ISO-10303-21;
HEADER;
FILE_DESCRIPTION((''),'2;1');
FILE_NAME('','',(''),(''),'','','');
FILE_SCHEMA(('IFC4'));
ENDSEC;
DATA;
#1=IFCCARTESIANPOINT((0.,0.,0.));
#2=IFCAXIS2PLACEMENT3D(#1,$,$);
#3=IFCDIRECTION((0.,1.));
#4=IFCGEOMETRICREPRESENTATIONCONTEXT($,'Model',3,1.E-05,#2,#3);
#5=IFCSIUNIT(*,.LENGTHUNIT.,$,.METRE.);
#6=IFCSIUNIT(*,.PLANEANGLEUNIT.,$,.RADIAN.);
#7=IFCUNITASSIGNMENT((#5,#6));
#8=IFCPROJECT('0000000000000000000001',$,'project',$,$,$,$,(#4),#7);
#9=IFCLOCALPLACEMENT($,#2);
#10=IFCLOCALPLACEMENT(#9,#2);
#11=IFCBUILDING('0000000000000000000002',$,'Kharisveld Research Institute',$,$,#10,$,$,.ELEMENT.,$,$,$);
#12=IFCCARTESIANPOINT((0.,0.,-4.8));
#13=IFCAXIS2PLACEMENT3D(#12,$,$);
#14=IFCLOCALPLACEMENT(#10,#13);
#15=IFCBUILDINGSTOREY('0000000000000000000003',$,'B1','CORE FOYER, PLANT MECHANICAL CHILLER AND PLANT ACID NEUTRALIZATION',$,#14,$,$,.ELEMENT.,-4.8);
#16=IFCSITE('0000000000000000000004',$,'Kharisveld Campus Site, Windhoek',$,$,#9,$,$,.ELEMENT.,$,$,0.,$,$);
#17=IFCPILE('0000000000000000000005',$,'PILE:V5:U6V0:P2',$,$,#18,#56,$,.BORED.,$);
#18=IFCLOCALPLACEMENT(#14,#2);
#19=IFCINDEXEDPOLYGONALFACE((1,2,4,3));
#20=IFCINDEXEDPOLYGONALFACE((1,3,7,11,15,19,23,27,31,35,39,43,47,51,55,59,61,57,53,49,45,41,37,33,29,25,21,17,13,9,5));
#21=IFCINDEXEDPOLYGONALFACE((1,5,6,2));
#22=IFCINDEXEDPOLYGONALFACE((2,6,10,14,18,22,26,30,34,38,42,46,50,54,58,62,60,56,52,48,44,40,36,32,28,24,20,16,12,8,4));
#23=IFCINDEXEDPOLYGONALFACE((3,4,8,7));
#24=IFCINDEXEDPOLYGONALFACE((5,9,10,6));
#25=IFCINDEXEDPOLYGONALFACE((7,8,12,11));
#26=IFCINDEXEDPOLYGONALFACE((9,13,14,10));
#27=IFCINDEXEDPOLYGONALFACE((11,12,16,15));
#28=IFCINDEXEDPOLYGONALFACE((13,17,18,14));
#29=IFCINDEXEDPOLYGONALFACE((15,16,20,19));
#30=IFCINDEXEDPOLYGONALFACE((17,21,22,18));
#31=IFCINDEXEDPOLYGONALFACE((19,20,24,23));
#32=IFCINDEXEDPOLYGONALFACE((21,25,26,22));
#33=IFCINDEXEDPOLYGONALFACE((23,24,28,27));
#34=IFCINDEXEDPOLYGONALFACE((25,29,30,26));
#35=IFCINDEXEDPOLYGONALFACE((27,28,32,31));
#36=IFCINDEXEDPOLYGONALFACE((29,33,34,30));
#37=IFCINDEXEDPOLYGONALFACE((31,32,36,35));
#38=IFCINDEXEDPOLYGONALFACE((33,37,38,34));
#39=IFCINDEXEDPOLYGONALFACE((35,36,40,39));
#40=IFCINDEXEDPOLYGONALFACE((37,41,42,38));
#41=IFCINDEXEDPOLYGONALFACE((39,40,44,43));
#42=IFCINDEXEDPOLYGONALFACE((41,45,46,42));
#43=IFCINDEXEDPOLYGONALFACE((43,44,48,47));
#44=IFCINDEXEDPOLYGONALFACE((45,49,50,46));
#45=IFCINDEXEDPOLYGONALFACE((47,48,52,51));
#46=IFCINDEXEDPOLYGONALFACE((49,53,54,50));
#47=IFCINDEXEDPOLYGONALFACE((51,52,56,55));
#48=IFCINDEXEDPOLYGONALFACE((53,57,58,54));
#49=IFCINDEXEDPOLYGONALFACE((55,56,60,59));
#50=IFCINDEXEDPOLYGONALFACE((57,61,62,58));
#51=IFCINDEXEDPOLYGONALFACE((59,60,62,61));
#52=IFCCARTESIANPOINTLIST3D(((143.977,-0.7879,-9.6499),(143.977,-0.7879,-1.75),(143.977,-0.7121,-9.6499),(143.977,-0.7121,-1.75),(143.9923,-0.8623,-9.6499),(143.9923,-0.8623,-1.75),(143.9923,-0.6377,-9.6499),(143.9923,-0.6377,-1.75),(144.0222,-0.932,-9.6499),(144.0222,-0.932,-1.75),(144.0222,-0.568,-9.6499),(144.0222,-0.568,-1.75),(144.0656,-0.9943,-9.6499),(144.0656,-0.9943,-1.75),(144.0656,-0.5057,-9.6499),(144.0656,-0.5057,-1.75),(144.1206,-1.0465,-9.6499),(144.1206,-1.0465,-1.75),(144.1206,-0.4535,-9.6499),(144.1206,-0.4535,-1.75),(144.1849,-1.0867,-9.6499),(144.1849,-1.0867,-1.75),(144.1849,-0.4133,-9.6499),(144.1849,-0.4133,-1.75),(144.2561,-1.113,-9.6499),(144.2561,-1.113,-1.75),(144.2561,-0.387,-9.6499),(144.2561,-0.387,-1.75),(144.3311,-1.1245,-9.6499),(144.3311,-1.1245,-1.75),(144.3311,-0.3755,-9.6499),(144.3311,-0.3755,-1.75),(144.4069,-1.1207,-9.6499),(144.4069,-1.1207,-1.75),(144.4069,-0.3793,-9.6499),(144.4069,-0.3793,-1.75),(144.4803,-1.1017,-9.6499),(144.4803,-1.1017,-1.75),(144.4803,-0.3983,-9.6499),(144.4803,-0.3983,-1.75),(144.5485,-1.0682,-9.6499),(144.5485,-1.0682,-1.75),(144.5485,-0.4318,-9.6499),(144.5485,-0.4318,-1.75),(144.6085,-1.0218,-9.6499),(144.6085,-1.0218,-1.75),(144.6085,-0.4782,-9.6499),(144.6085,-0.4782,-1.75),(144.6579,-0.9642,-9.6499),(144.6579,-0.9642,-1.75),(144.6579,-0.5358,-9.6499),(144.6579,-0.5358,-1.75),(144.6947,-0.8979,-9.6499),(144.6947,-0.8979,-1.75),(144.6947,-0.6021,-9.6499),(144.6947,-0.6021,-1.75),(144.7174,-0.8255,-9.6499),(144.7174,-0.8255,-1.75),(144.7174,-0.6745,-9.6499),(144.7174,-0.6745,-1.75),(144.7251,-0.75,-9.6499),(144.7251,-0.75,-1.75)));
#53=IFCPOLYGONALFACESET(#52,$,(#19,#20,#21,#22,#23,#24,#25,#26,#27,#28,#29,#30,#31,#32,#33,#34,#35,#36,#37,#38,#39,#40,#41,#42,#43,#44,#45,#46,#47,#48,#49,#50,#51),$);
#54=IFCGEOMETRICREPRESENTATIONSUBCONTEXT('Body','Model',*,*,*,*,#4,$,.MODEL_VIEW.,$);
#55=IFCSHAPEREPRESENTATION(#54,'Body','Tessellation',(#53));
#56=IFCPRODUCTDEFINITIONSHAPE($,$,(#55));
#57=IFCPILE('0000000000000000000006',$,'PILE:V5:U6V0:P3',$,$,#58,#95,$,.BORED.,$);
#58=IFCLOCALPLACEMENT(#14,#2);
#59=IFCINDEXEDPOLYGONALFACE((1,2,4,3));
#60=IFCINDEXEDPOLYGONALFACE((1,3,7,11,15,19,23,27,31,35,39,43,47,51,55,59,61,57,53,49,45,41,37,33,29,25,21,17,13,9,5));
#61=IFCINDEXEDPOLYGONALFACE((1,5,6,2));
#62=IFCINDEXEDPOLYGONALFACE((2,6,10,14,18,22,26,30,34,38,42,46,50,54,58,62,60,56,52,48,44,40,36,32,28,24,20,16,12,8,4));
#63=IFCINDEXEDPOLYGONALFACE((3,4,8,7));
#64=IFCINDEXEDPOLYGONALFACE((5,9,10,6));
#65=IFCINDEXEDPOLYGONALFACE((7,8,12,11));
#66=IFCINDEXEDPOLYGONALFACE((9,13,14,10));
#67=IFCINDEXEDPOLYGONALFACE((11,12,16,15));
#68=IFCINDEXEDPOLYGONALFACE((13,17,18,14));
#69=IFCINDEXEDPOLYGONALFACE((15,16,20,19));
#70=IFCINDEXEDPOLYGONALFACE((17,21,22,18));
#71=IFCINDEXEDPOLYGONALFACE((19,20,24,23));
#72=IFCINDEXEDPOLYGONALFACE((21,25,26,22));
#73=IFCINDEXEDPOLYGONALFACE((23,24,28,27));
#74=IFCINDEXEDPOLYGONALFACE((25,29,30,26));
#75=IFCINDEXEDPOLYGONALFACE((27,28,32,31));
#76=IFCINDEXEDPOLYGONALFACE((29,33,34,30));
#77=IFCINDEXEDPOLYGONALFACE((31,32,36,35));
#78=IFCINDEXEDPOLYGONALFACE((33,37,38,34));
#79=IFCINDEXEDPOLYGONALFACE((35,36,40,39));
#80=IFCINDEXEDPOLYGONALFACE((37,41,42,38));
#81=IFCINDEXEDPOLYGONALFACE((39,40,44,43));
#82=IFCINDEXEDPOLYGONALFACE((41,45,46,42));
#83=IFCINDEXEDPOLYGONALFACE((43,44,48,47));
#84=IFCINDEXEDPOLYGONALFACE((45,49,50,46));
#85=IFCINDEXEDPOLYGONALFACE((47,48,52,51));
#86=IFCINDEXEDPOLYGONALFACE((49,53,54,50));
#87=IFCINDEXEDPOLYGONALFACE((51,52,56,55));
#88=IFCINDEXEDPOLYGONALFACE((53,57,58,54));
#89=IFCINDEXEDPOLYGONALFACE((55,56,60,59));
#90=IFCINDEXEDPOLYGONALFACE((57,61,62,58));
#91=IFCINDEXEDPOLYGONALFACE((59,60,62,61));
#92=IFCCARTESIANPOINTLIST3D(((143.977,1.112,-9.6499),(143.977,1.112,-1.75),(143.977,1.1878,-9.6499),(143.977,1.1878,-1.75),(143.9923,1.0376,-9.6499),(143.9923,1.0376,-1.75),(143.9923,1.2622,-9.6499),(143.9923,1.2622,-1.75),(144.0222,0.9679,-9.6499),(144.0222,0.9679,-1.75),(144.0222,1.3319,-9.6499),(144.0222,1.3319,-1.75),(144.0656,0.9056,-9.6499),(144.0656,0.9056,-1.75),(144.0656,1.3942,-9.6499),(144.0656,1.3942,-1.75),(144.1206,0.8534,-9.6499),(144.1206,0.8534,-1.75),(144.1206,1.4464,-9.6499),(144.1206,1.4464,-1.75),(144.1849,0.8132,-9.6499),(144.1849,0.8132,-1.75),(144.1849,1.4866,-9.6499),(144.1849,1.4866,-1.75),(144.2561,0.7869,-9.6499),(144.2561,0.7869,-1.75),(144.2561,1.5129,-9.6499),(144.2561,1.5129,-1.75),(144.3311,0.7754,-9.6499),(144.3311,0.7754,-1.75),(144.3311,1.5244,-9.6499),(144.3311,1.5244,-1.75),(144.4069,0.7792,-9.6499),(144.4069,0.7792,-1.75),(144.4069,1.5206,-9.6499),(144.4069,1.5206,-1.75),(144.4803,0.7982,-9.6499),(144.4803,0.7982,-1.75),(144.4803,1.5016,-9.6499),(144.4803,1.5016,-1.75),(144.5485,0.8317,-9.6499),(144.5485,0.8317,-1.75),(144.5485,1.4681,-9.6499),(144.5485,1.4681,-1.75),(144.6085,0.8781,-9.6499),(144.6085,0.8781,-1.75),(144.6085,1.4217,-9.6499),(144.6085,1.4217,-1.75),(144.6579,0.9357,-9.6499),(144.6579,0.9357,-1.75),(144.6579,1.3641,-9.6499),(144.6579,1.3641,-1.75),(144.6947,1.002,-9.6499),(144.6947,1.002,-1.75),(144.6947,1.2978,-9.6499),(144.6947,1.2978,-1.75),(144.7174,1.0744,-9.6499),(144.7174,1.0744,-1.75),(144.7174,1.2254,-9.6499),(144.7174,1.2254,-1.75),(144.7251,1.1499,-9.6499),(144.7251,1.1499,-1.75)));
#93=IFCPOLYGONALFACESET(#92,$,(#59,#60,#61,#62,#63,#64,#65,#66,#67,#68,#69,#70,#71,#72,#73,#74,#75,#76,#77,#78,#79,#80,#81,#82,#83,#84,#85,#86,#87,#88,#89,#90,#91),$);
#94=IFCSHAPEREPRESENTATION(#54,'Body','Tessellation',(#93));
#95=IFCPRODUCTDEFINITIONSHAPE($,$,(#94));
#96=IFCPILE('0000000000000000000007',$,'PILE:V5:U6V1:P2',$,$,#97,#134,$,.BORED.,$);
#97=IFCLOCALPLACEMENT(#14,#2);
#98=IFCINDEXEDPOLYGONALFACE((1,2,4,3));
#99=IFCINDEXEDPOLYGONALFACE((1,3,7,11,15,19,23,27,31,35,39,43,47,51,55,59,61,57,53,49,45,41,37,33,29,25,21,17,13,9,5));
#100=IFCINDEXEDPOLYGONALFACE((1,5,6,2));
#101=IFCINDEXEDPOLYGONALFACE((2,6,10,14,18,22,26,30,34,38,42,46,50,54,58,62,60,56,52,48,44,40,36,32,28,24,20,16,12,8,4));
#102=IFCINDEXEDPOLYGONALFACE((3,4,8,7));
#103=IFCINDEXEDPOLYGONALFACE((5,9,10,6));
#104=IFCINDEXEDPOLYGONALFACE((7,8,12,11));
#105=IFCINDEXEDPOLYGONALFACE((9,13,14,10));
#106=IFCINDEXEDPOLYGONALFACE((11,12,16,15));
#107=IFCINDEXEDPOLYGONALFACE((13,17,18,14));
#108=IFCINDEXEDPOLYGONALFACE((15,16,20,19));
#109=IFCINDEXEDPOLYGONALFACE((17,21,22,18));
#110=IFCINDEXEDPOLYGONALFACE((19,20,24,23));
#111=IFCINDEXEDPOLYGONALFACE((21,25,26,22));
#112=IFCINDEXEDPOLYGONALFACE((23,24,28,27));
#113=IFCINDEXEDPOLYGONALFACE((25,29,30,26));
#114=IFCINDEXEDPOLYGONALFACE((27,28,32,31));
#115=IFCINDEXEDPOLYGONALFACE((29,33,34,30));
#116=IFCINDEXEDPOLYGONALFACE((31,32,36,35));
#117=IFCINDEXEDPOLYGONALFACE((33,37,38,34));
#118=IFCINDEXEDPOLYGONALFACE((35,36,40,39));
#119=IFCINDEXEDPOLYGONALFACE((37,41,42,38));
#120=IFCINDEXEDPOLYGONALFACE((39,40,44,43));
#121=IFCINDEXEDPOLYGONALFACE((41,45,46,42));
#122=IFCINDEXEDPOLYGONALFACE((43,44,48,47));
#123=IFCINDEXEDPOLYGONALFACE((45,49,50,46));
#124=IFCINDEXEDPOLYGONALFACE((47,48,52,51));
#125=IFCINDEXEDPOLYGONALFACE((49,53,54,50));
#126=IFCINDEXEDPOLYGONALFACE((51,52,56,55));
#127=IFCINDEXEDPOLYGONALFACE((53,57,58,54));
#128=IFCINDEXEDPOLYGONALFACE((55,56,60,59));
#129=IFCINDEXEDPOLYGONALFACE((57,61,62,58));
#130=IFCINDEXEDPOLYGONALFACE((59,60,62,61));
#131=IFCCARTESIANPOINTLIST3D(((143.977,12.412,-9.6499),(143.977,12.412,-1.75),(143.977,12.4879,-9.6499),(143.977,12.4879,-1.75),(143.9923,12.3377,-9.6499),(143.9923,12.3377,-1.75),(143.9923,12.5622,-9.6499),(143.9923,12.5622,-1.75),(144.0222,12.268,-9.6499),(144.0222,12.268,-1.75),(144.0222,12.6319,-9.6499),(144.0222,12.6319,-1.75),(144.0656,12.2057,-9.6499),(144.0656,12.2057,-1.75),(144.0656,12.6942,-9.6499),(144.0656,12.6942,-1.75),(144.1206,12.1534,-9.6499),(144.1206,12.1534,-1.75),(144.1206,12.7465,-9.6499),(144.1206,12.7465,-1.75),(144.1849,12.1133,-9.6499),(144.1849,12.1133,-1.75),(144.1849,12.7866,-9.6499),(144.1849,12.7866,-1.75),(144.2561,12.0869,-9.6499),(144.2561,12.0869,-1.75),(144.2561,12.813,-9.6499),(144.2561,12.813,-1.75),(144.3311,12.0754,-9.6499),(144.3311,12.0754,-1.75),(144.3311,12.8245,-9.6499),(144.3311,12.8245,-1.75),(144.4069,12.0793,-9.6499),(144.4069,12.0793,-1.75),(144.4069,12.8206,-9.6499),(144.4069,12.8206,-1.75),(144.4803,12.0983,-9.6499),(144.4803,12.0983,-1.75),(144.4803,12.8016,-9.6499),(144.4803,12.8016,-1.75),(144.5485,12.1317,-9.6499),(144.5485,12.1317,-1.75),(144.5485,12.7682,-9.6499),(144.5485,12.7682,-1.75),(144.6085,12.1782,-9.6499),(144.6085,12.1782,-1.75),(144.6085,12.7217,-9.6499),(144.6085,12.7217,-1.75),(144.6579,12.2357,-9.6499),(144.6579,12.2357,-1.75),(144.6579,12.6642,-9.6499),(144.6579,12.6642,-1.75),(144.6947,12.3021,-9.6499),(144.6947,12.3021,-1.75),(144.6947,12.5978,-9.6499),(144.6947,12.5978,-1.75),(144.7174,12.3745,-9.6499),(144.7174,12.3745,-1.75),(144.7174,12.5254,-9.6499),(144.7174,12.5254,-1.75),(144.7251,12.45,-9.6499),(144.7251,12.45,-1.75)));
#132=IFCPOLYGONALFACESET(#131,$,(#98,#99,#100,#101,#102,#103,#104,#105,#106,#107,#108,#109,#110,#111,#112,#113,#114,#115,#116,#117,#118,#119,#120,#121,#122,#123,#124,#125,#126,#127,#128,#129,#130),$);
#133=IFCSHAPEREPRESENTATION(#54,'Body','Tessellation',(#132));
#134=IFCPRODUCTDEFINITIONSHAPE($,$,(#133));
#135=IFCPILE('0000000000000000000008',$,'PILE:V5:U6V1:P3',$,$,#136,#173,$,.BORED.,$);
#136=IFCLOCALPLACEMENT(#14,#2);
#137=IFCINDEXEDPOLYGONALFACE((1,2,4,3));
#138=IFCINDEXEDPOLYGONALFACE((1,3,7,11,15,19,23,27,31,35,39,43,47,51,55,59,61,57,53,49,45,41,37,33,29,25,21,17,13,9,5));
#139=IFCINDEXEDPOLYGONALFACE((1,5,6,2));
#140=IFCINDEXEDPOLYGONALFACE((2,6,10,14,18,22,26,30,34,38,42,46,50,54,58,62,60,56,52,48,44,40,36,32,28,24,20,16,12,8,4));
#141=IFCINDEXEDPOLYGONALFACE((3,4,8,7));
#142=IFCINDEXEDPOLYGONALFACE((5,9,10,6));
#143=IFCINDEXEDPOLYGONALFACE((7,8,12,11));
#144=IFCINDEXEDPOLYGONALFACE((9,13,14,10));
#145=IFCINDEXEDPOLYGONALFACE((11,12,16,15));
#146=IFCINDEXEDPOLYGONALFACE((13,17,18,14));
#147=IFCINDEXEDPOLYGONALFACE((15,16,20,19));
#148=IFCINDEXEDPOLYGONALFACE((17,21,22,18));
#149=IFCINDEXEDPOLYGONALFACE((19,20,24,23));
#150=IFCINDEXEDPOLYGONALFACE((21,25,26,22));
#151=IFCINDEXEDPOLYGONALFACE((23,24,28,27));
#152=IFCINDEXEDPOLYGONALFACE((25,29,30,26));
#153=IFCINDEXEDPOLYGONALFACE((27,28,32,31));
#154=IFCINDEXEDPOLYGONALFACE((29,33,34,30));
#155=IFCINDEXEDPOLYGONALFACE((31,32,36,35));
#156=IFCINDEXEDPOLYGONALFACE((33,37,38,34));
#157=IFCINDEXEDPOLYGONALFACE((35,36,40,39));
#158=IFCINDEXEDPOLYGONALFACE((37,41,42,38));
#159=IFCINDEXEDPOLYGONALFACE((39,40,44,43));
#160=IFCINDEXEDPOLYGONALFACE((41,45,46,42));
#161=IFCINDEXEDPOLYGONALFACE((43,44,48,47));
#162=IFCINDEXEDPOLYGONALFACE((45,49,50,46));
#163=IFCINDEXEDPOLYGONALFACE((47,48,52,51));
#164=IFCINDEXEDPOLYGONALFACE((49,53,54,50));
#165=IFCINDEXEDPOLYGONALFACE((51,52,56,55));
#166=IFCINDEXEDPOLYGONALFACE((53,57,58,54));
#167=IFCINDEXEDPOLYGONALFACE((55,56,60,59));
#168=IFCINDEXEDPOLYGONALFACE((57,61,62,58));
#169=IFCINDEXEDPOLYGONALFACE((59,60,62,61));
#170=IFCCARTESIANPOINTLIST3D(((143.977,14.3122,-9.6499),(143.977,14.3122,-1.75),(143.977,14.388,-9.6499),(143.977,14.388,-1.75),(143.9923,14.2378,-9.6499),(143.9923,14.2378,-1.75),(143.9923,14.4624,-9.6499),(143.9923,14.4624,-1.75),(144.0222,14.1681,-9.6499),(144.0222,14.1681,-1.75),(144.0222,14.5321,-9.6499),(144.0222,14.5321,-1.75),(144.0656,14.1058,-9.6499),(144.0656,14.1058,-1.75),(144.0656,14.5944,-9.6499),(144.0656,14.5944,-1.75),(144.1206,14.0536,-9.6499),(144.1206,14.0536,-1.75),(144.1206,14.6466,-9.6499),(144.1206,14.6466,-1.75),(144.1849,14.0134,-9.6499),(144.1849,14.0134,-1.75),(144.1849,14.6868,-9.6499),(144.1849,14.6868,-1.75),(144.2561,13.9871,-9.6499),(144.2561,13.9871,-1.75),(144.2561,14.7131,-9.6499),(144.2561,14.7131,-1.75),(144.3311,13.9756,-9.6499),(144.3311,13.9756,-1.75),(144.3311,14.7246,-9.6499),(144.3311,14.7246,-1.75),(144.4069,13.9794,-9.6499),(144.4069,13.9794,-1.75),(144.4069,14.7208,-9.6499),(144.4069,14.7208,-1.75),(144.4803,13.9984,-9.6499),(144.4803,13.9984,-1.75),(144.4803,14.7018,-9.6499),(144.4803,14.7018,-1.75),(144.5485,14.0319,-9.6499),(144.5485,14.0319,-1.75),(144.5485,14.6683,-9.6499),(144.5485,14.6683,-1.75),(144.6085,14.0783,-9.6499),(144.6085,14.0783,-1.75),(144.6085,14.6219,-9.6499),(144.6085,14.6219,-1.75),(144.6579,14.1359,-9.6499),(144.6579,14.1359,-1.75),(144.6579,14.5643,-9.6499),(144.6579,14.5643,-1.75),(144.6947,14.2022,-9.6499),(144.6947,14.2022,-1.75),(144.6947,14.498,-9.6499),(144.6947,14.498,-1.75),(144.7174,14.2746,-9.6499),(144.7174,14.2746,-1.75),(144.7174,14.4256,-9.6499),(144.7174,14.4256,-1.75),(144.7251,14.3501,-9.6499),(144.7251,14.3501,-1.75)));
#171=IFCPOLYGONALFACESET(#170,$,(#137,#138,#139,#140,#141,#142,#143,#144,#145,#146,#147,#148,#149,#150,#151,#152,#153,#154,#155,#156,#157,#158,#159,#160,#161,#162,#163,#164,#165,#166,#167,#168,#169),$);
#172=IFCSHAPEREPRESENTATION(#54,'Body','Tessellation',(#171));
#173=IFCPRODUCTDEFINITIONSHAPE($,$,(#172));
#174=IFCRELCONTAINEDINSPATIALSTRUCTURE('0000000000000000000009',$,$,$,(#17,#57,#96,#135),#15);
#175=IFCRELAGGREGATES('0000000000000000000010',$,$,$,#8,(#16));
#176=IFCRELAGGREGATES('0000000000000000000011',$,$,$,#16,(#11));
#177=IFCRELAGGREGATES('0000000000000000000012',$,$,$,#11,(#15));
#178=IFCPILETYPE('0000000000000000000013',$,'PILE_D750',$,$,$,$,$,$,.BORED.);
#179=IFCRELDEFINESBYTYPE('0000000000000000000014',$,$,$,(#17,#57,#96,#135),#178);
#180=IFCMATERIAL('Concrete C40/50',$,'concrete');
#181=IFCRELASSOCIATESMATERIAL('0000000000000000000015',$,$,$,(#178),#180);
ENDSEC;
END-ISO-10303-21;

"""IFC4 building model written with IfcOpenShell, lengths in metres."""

from ifc_helpers import new_model, si_unit, direction, frame, origin, origin_2d, place, context, subcontext, project, spatial, circle, extrude, material, material_profile, profile_set, type_object, element, save


model = new_model("IFC4")

# Units and contexts
model_context = context("Model", 3, precision=1e-05, world=origin(), true_north=direction((0.0, 1.0)))
body_context = subcontext(model_context, "Body", "Model", "MODEL_VIEW")
ifc_project = project(units=[si_unit("LENGTHUNIT", "METRE"), si_unit("PLANEANGLEUNIT", "RADIAN")], contexts=[model_context])

# Site, building, storey
site_placement = place(None, origin())
site = spatial("IfcSite", under=ifc_project, at=site_placement, Name="Kharisveld Campus Site, Windhoek", CompositionType="ELEMENT", RefElevation=0.0)
building_placement = place(site_placement, origin())
building = spatial("IfcBuilding", under=site, at=building_placement, Name="Kharisveld Research Institute", CompositionType="ELEMENT")
storey_placement = place(building_placement, frame((0.0, 0.0, -4.8)))
storey = spatial("IfcBuildingStorey", under=building, at=storey_placement, Name="B1", Description="CORE FOYER, PLANT MECHANICAL CHILLER AND PLANT ACID NEUTRALIZATION", CompositionType="ELEMENT", Elevation=-4.8)

# Piles
ifc_material_1 = material(Name="Concrete C40/50", Category="concrete")
ifc_material_profile_1 = material_profile(ifc_material_1, circle(Radius=0.375, at=origin_2d()))
ifc_profile_set_1 = profile_set([ifc_material_profile_1], Name="Concrete C40/50")
pile_type_1 = type_object("IfcPileType", Name="PILE_D750", PredefinedType="BORED", material=ifc_profile_set_1)
for number, where, z_axis, x_axis, name in (
    (1, (144.3501, -0.75, -1.75), (0.0, 0.0, -1.0), (1.0, 0.0, 0.0), "PILE:V5:U6V0:P2"),
    (2, (144.3501, 1.1499, -1.75), (0.0, 0.0, -1.0), (1.0, 0.0, 0.0), "PILE:V5:U6V0:P3"),
    (3, (144.3501, 12.45, -1.75), (0.0, 0.0, -1.0), (1.0, 0.0, 0.0), "PILE:V5:U6V1:P2"),
    (4, (144.3501, 14.3501, -1.75), (0.0, 0.0, -1.0), (1.0, 0.0, 0.0), "PILE:V5:U6V1:P3"),
):
    element("IfcPile", number, at=place(storey_placement, frame(where, z_axis=z_axis, x_axis=x_axis)), inside=storey, type_object=pile_type_1, Name=name, PredefinedType="BORED", context=body_context, shape_type="SweptSolid", body=[
        extrude(circle(Radius=0.375, at=origin_2d()), origin(), (0.0, 0.0, 1.0), 7.8999),
    ])

save(model, "model.ifc")
